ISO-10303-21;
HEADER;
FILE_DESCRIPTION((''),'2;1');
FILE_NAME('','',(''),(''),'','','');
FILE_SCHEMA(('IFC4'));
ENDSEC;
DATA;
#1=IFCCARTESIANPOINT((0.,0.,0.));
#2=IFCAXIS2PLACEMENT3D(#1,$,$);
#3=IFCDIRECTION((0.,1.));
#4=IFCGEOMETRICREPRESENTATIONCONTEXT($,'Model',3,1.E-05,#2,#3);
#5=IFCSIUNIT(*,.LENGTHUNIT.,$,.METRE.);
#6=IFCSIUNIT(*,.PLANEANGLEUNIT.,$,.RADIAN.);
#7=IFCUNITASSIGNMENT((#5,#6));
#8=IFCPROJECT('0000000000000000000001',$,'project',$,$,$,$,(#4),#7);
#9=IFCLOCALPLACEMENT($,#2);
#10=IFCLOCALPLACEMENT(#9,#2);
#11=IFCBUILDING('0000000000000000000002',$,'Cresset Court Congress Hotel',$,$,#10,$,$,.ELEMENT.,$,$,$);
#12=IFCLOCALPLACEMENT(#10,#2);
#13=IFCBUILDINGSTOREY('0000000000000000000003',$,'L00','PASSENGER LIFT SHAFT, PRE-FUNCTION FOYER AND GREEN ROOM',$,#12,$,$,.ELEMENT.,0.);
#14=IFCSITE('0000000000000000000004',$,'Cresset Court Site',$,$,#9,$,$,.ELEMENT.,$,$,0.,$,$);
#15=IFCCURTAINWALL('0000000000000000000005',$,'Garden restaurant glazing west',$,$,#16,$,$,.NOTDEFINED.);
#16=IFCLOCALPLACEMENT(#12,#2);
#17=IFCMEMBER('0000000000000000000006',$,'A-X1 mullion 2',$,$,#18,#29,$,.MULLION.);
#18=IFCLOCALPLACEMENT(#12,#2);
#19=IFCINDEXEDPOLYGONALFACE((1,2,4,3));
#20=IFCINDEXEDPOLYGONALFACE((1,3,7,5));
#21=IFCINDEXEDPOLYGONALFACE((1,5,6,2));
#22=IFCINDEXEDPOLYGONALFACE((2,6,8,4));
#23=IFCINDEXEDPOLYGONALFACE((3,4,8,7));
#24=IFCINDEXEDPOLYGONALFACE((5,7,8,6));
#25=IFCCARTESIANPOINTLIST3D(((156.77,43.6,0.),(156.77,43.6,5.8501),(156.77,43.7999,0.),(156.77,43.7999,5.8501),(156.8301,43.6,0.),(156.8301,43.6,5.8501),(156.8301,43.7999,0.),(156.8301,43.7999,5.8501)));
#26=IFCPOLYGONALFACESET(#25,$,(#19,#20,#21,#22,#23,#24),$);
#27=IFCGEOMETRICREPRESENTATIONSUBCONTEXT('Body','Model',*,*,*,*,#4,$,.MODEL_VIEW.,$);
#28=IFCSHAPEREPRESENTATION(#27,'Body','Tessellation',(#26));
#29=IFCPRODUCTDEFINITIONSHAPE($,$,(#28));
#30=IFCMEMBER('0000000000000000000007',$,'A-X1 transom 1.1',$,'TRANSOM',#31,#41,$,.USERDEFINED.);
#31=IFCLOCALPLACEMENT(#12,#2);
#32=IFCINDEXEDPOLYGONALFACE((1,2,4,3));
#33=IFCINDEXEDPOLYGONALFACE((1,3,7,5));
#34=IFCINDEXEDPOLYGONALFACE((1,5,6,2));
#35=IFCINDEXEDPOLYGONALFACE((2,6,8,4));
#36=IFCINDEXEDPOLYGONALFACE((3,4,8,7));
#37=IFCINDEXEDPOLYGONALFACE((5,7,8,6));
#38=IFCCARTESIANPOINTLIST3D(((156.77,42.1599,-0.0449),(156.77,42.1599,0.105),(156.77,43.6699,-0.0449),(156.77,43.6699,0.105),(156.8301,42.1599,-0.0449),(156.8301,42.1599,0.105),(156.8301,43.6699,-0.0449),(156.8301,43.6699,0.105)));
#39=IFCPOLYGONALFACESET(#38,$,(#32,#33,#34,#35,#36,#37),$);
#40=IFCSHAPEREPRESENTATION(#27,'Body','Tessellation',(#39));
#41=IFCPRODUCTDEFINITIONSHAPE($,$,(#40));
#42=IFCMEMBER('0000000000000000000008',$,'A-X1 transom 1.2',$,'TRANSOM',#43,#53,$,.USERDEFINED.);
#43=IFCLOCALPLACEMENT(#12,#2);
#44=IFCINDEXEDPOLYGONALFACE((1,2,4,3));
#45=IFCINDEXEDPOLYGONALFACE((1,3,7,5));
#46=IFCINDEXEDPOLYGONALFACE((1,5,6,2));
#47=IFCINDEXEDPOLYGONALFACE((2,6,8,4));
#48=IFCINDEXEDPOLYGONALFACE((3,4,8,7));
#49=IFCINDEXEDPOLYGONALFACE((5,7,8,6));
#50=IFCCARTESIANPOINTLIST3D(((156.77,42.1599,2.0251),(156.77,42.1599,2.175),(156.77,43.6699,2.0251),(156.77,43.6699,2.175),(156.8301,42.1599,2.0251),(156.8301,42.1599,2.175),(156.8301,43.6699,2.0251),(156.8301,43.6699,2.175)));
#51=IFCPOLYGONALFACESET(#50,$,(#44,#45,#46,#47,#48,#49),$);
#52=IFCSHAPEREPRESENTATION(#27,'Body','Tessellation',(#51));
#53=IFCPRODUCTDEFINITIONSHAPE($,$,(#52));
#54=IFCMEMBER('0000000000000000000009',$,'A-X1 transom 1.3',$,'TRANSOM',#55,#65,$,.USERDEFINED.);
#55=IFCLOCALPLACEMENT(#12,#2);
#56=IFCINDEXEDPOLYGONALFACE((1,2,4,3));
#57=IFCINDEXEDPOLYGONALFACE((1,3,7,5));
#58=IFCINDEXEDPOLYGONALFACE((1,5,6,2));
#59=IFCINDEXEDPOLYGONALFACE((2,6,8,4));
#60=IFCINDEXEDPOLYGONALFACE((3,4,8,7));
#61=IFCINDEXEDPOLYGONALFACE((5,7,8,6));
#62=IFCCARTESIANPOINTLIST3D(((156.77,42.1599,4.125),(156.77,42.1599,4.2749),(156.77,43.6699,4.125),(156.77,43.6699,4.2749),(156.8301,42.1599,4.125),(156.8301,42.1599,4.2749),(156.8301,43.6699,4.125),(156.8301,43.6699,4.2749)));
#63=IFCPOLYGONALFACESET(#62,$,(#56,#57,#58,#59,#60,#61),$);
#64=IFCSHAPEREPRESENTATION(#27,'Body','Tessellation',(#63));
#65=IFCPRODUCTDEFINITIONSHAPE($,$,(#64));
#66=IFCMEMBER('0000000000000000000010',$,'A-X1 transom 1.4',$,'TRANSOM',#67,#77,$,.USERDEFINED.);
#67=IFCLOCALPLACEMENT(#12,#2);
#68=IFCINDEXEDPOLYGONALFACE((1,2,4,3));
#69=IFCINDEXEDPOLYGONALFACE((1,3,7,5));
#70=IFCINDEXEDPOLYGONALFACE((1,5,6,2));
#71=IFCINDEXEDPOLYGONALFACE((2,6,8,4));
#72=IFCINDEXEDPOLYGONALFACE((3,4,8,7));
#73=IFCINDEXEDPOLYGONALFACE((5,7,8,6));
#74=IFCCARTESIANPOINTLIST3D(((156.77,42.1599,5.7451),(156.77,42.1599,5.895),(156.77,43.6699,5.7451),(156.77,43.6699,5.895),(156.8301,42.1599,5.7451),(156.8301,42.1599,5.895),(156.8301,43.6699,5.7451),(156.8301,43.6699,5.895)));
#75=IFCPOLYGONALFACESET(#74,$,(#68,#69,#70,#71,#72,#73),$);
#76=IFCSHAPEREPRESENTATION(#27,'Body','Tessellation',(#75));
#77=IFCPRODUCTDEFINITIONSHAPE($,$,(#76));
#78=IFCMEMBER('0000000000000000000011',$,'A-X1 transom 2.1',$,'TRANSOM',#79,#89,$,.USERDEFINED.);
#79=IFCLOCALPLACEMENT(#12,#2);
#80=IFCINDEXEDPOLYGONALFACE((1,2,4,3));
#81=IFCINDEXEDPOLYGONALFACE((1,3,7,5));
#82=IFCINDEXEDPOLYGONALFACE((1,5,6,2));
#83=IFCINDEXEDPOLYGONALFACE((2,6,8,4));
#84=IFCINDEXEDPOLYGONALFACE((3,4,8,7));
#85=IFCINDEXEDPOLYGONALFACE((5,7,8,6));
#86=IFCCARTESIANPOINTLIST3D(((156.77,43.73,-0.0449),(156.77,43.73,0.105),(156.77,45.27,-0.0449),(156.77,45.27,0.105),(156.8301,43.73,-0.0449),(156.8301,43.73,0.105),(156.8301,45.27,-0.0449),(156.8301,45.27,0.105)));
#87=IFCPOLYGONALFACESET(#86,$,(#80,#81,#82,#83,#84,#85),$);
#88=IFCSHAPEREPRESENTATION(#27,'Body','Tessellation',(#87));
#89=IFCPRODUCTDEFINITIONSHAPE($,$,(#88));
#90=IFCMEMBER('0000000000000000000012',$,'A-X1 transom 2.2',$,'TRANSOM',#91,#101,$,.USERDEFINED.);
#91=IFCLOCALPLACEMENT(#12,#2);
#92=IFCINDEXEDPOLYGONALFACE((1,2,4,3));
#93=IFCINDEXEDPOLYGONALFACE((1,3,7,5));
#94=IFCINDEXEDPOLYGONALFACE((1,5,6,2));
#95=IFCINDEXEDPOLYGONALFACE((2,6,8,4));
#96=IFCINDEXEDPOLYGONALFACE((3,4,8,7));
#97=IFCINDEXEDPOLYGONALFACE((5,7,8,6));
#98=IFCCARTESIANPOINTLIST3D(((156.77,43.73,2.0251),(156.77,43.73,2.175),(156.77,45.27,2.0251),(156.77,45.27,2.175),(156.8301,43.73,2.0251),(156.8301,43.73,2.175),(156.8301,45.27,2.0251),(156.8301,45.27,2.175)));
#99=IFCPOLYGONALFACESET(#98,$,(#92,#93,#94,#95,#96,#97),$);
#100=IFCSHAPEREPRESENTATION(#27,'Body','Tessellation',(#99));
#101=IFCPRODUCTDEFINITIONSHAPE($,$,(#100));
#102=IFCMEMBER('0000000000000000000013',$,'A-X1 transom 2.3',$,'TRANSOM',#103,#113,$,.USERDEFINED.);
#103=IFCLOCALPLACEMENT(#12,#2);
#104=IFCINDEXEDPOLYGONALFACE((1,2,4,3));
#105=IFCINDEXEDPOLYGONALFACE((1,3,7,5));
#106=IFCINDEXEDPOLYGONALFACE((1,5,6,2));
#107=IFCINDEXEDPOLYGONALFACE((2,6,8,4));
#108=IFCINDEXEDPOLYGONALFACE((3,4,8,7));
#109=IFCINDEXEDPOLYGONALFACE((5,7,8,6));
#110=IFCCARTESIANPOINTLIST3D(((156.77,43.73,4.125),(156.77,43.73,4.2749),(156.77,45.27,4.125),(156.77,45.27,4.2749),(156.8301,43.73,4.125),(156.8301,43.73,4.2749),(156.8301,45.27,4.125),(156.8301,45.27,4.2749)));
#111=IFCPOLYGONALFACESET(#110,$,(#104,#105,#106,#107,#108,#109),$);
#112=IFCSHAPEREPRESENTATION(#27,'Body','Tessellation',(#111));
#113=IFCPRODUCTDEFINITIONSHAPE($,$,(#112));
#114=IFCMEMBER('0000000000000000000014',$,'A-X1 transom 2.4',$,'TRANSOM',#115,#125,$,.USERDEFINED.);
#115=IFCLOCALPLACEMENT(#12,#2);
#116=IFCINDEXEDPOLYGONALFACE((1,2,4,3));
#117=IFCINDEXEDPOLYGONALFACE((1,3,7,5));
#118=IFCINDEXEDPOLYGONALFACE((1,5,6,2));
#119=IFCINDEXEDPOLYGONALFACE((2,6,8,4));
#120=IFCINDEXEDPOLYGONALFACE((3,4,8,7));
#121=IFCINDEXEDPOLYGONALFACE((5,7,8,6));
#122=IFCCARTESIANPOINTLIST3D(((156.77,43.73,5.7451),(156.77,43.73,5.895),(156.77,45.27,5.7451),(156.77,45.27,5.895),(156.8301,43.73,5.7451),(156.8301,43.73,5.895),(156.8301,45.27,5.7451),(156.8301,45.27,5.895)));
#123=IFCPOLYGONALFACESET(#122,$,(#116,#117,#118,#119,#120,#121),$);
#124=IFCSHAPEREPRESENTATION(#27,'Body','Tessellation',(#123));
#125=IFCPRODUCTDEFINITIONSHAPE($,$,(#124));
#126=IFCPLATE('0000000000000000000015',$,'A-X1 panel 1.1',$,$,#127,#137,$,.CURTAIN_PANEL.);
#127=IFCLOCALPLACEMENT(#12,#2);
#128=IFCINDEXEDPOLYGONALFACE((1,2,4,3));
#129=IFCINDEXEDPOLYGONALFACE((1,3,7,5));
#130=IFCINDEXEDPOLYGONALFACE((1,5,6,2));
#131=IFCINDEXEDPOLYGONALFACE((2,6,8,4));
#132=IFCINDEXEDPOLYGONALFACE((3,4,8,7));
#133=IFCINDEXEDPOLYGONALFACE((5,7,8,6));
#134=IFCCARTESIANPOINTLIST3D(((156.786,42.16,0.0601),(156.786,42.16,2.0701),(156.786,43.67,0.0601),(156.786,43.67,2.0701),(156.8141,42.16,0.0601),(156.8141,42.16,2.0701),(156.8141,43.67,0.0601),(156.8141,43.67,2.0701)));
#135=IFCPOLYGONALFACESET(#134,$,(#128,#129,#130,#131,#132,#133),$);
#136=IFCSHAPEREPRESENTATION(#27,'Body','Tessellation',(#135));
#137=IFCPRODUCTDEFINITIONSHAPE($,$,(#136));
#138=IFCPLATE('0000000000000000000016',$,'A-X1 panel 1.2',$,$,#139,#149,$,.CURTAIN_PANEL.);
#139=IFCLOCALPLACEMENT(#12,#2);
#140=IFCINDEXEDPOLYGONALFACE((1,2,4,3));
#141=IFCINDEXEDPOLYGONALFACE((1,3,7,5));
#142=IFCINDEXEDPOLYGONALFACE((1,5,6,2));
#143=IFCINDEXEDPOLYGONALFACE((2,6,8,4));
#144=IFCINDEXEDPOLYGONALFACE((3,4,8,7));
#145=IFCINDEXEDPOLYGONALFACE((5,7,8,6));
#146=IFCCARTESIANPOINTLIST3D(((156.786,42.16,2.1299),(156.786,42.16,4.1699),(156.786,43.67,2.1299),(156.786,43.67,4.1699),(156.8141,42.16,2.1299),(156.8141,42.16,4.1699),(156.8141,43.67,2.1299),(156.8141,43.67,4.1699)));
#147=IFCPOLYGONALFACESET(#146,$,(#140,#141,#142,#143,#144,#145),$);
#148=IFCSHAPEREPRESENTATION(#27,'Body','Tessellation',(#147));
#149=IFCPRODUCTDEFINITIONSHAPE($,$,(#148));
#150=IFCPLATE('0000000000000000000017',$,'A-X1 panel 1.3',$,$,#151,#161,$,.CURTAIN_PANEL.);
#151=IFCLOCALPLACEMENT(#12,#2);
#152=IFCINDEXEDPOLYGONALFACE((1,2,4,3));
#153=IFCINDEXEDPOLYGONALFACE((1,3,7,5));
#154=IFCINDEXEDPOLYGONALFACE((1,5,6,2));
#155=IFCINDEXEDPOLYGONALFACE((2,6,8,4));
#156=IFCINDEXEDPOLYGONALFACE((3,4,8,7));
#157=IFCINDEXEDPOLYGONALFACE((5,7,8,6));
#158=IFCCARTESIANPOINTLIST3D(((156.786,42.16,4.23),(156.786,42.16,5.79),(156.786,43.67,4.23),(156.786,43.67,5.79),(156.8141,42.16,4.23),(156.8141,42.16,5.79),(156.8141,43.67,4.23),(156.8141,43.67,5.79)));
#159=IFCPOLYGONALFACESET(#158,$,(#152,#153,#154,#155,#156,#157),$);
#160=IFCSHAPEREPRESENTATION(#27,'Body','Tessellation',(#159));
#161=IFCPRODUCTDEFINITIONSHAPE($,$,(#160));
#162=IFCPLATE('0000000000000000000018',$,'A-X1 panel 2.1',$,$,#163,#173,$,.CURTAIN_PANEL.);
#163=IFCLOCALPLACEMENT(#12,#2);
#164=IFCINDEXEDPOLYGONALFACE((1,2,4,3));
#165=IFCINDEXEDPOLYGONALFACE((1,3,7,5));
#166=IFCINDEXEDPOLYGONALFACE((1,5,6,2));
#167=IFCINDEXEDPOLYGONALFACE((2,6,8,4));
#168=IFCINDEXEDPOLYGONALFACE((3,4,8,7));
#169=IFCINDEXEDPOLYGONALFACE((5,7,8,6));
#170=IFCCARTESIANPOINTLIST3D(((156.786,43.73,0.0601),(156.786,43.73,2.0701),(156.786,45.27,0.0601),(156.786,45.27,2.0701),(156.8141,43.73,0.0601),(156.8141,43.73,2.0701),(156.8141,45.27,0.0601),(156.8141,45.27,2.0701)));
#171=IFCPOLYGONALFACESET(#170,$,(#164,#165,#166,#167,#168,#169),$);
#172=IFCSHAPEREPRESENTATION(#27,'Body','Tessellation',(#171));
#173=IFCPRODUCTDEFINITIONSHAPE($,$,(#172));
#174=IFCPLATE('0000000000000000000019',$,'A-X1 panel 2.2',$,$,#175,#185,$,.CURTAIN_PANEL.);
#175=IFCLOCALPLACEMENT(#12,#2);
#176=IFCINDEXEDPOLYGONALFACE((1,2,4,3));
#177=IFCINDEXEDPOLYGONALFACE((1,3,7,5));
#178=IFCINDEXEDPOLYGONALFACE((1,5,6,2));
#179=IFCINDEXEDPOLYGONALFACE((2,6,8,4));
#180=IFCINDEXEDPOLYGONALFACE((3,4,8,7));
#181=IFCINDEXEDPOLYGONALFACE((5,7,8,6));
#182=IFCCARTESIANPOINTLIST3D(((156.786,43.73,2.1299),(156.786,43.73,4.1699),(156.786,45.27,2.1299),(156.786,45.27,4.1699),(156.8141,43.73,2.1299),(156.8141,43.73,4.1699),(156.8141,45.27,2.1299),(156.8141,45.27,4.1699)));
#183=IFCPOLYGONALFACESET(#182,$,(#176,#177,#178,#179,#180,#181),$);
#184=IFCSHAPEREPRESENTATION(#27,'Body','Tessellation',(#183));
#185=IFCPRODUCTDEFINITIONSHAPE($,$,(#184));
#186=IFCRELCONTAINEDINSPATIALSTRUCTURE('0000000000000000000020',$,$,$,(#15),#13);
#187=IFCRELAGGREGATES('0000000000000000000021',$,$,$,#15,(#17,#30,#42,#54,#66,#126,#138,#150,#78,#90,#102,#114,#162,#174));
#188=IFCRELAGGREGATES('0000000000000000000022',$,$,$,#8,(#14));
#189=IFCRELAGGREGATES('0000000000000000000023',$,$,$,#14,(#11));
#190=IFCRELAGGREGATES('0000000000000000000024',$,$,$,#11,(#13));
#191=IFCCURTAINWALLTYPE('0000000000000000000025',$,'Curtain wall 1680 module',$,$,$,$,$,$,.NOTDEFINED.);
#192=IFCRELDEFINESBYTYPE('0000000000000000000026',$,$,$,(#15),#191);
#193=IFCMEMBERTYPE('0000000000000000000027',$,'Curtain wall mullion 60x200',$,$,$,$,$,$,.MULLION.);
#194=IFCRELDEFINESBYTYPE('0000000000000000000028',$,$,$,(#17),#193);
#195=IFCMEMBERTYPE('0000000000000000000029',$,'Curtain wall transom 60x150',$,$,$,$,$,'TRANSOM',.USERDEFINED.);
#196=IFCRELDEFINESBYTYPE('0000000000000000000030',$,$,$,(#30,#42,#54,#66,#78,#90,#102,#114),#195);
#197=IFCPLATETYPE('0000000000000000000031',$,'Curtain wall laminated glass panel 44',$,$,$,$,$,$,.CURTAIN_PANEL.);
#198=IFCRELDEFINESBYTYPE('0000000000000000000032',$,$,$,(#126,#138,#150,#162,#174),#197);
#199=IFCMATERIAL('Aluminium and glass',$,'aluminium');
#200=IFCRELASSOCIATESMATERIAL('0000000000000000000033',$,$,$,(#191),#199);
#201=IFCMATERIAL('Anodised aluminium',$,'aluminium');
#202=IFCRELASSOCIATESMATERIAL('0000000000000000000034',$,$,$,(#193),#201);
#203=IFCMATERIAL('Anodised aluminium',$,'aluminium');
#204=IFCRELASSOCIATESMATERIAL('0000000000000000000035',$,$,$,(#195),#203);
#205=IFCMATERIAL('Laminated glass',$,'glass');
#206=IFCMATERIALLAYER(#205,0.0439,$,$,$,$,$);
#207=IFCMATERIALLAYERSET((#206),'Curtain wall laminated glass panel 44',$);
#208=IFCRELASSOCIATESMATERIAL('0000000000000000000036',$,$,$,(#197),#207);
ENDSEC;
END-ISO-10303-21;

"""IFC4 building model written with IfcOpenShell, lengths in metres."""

from ifc_helpers import new_model, si_unit, direction, frame, origin, origin_2d, place, context, subcontext, project, spatial, rectangle, extrude, material, layer, layer_set, material_profile, profile_set, type_object, element, aggregate, save


model = new_model("IFC4")

# Units and contexts
model_context = context("Model", 3, precision=1e-05, world=origin(), true_north=direction((0.0, 1.0)))
body_context = subcontext(model_context, "Body", "Model", "MODEL_VIEW")
ifc_project = project(units=[si_unit("LENGTHUNIT", "METRE"), si_unit("PLANEANGLEUNIT", "RADIAN")], contexts=[model_context])

# Site, building, storey
site_placement = place(None, origin())
site = spatial("IfcSite", under=ifc_project, at=site_placement, Name="Cresset Court Site", CompositionType="ELEMENT", RefElevation=0.0)
building_placement = place(site_placement, origin())
building = spatial("IfcBuilding", under=site, at=building_placement, Name="Cresset Court Congress Hotel", CompositionType="ELEMENT")
storey_placement = place(building_placement, origin())
storey = spatial("IfcBuildingStorey", under=building, at=storey_placement, Name="L00", Description="PASSENGER LIFT SHAFT, PRE-FUNCTION FOYER AND GREEN ROOM", CompositionType="ELEMENT", Elevation=0.0)

# Curtain wall, members, plates
ifc_material_1 = material(Name="Aluminium and glass", Category="aluminium")
curtain_wall_type = type_object("IfcCurtainWallType", Name="Curtain wall 1680 module", PredefinedType="NOTDEFINED", material=ifc_material_1)
curtain_wall_placement = place(storey_placement, origin())
curtain_wall = element("IfcCurtainWall", 1, at=curtain_wall_placement, inside=storey, type_object=curtain_wall_type, Name="Garden restaurant glazing west", PredefinedType="NOTDEFINED")
ifc_material_2 = material(Name="Anodised aluminium", Category="aluminium")
ifc_material_profile_1 = material_profile(ifc_material_2, rectangle(XDim=0.0601, YDim=0.2, at=origin_2d()), Name="RECT60x200")
ifc_profile_set_1 = profile_set([ifc_material_profile_1], Name="Anodised aluminium")
member_type_1 = type_object("IfcMemberType", Name="Curtain wall mullion 60x200", PredefinedType="MULLION", material=ifc_profile_set_1)
member_1_placement = place(storey_placement, frame((156.8, 43.7, 0.0), z_axis=(0.0, 0.0, 1.0), x_axis=(-1.0, 0.0, 0.0)))
member_1 = element("IfcMember", 2, at=member_1_placement, type_object=member_type_1, Name="A-X1 mullion 2", PredefinedType="MULLION", context=body_context, shape_type="SweptSolid", body=[
    extrude(rectangle(XDim=0.0601, YDim=0.2, at=origin_2d()), origin(), (0.0, 0.0, 1.0), 5.8501),
])
ifc_material_3 = material(Name="Anodised aluminium", Category="aluminium")
ifc_material_profile_2 = material_profile(ifc_material_3, rectangle(XDim=0.0601, YDim=0.1499, at=origin_2d()), Name="RECT60x150")
ifc_profile_set_2 = profile_set([ifc_material_profile_2], Name="Anodised aluminium")
member_type_2 = type_object("IfcMemberType", Name="Curtain wall transom 60x150", ElementType="TRANSOM", PredefinedType="USERDEFINED", material=ifc_profile_set_2)
member_2_placement = place(storey_placement, frame((156.8, 42.1599, 0.03), z_axis=(0.0, 1.0, 0.0), x_axis=(-1.0, 0.0, 0.0)))
member_2 = element("IfcMember", 3, at=member_2_placement, type_object=member_type_2, Name="A-X1 transom 1.1", ObjectType="TRANSOM", PredefinedType="USERDEFINED", context=body_context, shape_type="SweptSolid", body=[
    extrude(rectangle(XDim=0.0601, YDim=0.1499, at=origin_2d()), origin(), (0.0, 0.0, 1.0), 1.51),
])
member_3_placement = place(storey_placement, frame((156.8, 42.1599, 2.1001), z_axis=(0.0, 1.0, 0.0), x_axis=(-1.0, 0.0, 0.0)))
member_3 = element("IfcMember", 4, at=member_3_placement, type_object=member_type_2, Name="A-X1 transom 1.2", ObjectType="TRANSOM", PredefinedType="USERDEFINED", context=body_context, shape_type="SweptSolid", body=[
    extrude(rectangle(XDim=0.0601, YDim=0.1499, at=origin_2d()), origin(), (0.0, 0.0, 1.0), 1.51),
])
member_4_placement = place(storey_placement, frame((156.8, 42.1599, 4.2), z_axis=(0.0, 1.0, 0.0), x_axis=(-1.0, 0.0, 0.0)))
member_4 = element("IfcMember", 5, at=member_4_placement, type_object=member_type_2, Name="A-X1 transom 1.3", ObjectType="TRANSOM", PredefinedType="USERDEFINED", context=body_context, shape_type="SweptSolid", body=[
    extrude(rectangle(XDim=0.0601, YDim=0.1499, at=origin_2d()), origin(), (0.0, 0.0, 1.0), 1.51),
])
member_5_placement = place(storey_placement, frame((156.8, 42.1599, 5.8201), z_axis=(0.0, 1.0, 0.0), x_axis=(-1.0, 0.0, 0.0)))
member_5 = element("IfcMember", 6, at=member_5_placement, type_object=member_type_2, Name="A-X1 transom 1.4", ObjectType="TRANSOM", PredefinedType="USERDEFINED", context=body_context, shape_type="SweptSolid", body=[
    extrude(rectangle(XDim=0.0601, YDim=0.1499, at=origin_2d()), origin(), (0.0, 0.0, 1.0), 1.51),
])
member_6_placement = place(storey_placement, frame((156.8, 43.73, 0.03), z_axis=(0.0, 1.0, 0.0), x_axis=(-1.0, 0.0, 0.0)))
member_6 = element("IfcMember", 7, at=member_6_placement, type_object=member_type_2, Name="A-X1 transom 2.1", ObjectType="TRANSOM", PredefinedType="USERDEFINED", context=body_context, shape_type="SweptSolid", body=[
    extrude(rectangle(XDim=0.0601, YDim=0.1499, at=origin_2d()), origin(), (0.0, 0.0, 1.0), 1.54),
])
member_7_placement = place(storey_placement, frame((156.8, 43.73, 2.1001), z_axis=(0.0, 1.0, 0.0), x_axis=(-1.0, 0.0, 0.0)))
member_7 = element("IfcMember", 8, at=member_7_placement, type_object=member_type_2, Name="A-X1 transom 2.2", ObjectType="TRANSOM", PredefinedType="USERDEFINED", context=body_context, shape_type="SweptSolid", body=[
    extrude(rectangle(XDim=0.0601, YDim=0.1499, at=origin_2d()), origin(), (0.0, 0.0, 1.0), 1.54),
])
member_8_placement = place(storey_placement, frame((156.8, 43.73, 4.2), z_axis=(0.0, 1.0, 0.0), x_axis=(-1.0, 0.0, 0.0)))
member_8 = element("IfcMember", 9, at=member_8_placement, type_object=member_type_2, Name="A-X1 transom 2.3", ObjectType="TRANSOM", PredefinedType="USERDEFINED", context=body_context, shape_type="SweptSolid", body=[
    extrude(rectangle(XDim=0.0601, YDim=0.1499, at=origin_2d()), origin(), (0.0, 0.0, 1.0), 1.54),
])
member_9_placement = place(storey_placement, frame((156.8, 43.73, 5.8201), z_axis=(0.0, 1.0, 0.0), x_axis=(-1.0, 0.0, 0.0)))
member_9 = element("IfcMember", 10, at=member_9_placement, type_object=member_type_2, Name="A-X1 transom 2.4", ObjectType="TRANSOM", PredefinedType="USERDEFINED", context=body_context, shape_type="SweptSolid", body=[
    extrude(rectangle(XDim=0.0601, YDim=0.1499, at=origin_2d()), origin(), (0.0, 0.0, 1.0), 1.54),
])
ifc_material_4 = material(Name="Laminated glass", Category="glass")
ifc_layer_1 = layer(ifc_material_4, 0.0439)
ifc_layer_set_1 = layer_set([ifc_layer_1], Name="Curtain wall laminated glass panel 44")
plate_type = type_object("IfcPlateType", Name="Curtain wall laminated glass panel 44", PredefinedType="CURTAIN_PANEL", material=ifc_layer_set_1)
plate_1_placement = place(storey_placement, frame((156.8, 42.915, 0.0601), z_axis=(0.0, 0.0, 1.0), x_axis=(0.0, 1.0, 0.0)))
plate_1 = element("IfcPlate", 11, at=plate_1_placement, type_object=plate_type, Name="A-X1 panel 1.1", PredefinedType="CURTAIN_PANEL", context=body_context, shape_type="SweptSolid", body=[
    extrude(rectangle(XDim=1.51, YDim=0.0281, at=origin_2d()), origin(), (0.0, 0.0, 1.0), 2.01),
])
plate_2_placement = place(storey_placement, frame((156.8, 42.915, 2.1299), z_axis=(0.0, 0.0, 1.0), x_axis=(0.0, 1.0, 0.0)))
plate_2 = element("IfcPlate", 12, at=plate_2_placement, type_object=plate_type, Name="A-X1 panel 1.2", PredefinedType="CURTAIN_PANEL", context=body_context, shape_type="SweptSolid", body=[
    extrude(rectangle(XDim=1.51, YDim=0.0281, at=origin_2d()), origin(), (0.0, 0.0, 1.0), 2.04),
])
plate_3_placement = place(storey_placement, frame((156.8, 42.915, 4.23), z_axis=(0.0, 0.0, 1.0), x_axis=(0.0, 1.0, 0.0)))
plate_3 = element("IfcPlate", 13, at=plate_3_placement, type_object=plate_type, Name="A-X1 panel 1.3", PredefinedType="CURTAIN_PANEL", context=body_context, shape_type="SweptSolid", body=[
    extrude(rectangle(XDim=1.51, YDim=0.0281, at=origin_2d()), origin(), (0.0, 0.0, 1.0), 1.5601),
])
plate_4_placement = place(storey_placement, frame((156.8, 44.5, 0.0601), z_axis=(0.0, 0.0, 1.0), x_axis=(0.0, 1.0, 0.0)))
plate_4 = element("IfcPlate", 14, at=plate_4_placement, type_object=plate_type, Name="A-X1 panel 2.1", PredefinedType="CURTAIN_PANEL", context=body_context, shape_type="SweptSolid", body=[
    extrude(rectangle(XDim=1.54, YDim=0.0281, at=origin_2d()), origin(), (0.0, 0.0, 1.0), 2.01),
])
plate_5_placement = place(storey_placement, frame((156.8, 44.5, 2.1299), z_axis=(0.0, 0.0, 1.0), x_axis=(0.0, 1.0, 0.0)))
plate_5 = element("IfcPlate", 15, at=plate_5_placement, type_object=plate_type, Name="A-X1 panel 2.2", PredefinedType="CURTAIN_PANEL", context=body_context, shape_type="SweptSolid", body=[
    extrude(rectangle(XDim=1.54, YDim=0.0281, at=origin_2d()), origin(), (0.0, 0.0, 1.0), 2.04),
])
aggregate(curtain_wall, [member_1, member_2, member_3, member_4, member_5, plate_1, plate_2, plate_3, member_6, member_7, member_8, member_9, plate_4, plate_5])

save(model, "model.ifc")
